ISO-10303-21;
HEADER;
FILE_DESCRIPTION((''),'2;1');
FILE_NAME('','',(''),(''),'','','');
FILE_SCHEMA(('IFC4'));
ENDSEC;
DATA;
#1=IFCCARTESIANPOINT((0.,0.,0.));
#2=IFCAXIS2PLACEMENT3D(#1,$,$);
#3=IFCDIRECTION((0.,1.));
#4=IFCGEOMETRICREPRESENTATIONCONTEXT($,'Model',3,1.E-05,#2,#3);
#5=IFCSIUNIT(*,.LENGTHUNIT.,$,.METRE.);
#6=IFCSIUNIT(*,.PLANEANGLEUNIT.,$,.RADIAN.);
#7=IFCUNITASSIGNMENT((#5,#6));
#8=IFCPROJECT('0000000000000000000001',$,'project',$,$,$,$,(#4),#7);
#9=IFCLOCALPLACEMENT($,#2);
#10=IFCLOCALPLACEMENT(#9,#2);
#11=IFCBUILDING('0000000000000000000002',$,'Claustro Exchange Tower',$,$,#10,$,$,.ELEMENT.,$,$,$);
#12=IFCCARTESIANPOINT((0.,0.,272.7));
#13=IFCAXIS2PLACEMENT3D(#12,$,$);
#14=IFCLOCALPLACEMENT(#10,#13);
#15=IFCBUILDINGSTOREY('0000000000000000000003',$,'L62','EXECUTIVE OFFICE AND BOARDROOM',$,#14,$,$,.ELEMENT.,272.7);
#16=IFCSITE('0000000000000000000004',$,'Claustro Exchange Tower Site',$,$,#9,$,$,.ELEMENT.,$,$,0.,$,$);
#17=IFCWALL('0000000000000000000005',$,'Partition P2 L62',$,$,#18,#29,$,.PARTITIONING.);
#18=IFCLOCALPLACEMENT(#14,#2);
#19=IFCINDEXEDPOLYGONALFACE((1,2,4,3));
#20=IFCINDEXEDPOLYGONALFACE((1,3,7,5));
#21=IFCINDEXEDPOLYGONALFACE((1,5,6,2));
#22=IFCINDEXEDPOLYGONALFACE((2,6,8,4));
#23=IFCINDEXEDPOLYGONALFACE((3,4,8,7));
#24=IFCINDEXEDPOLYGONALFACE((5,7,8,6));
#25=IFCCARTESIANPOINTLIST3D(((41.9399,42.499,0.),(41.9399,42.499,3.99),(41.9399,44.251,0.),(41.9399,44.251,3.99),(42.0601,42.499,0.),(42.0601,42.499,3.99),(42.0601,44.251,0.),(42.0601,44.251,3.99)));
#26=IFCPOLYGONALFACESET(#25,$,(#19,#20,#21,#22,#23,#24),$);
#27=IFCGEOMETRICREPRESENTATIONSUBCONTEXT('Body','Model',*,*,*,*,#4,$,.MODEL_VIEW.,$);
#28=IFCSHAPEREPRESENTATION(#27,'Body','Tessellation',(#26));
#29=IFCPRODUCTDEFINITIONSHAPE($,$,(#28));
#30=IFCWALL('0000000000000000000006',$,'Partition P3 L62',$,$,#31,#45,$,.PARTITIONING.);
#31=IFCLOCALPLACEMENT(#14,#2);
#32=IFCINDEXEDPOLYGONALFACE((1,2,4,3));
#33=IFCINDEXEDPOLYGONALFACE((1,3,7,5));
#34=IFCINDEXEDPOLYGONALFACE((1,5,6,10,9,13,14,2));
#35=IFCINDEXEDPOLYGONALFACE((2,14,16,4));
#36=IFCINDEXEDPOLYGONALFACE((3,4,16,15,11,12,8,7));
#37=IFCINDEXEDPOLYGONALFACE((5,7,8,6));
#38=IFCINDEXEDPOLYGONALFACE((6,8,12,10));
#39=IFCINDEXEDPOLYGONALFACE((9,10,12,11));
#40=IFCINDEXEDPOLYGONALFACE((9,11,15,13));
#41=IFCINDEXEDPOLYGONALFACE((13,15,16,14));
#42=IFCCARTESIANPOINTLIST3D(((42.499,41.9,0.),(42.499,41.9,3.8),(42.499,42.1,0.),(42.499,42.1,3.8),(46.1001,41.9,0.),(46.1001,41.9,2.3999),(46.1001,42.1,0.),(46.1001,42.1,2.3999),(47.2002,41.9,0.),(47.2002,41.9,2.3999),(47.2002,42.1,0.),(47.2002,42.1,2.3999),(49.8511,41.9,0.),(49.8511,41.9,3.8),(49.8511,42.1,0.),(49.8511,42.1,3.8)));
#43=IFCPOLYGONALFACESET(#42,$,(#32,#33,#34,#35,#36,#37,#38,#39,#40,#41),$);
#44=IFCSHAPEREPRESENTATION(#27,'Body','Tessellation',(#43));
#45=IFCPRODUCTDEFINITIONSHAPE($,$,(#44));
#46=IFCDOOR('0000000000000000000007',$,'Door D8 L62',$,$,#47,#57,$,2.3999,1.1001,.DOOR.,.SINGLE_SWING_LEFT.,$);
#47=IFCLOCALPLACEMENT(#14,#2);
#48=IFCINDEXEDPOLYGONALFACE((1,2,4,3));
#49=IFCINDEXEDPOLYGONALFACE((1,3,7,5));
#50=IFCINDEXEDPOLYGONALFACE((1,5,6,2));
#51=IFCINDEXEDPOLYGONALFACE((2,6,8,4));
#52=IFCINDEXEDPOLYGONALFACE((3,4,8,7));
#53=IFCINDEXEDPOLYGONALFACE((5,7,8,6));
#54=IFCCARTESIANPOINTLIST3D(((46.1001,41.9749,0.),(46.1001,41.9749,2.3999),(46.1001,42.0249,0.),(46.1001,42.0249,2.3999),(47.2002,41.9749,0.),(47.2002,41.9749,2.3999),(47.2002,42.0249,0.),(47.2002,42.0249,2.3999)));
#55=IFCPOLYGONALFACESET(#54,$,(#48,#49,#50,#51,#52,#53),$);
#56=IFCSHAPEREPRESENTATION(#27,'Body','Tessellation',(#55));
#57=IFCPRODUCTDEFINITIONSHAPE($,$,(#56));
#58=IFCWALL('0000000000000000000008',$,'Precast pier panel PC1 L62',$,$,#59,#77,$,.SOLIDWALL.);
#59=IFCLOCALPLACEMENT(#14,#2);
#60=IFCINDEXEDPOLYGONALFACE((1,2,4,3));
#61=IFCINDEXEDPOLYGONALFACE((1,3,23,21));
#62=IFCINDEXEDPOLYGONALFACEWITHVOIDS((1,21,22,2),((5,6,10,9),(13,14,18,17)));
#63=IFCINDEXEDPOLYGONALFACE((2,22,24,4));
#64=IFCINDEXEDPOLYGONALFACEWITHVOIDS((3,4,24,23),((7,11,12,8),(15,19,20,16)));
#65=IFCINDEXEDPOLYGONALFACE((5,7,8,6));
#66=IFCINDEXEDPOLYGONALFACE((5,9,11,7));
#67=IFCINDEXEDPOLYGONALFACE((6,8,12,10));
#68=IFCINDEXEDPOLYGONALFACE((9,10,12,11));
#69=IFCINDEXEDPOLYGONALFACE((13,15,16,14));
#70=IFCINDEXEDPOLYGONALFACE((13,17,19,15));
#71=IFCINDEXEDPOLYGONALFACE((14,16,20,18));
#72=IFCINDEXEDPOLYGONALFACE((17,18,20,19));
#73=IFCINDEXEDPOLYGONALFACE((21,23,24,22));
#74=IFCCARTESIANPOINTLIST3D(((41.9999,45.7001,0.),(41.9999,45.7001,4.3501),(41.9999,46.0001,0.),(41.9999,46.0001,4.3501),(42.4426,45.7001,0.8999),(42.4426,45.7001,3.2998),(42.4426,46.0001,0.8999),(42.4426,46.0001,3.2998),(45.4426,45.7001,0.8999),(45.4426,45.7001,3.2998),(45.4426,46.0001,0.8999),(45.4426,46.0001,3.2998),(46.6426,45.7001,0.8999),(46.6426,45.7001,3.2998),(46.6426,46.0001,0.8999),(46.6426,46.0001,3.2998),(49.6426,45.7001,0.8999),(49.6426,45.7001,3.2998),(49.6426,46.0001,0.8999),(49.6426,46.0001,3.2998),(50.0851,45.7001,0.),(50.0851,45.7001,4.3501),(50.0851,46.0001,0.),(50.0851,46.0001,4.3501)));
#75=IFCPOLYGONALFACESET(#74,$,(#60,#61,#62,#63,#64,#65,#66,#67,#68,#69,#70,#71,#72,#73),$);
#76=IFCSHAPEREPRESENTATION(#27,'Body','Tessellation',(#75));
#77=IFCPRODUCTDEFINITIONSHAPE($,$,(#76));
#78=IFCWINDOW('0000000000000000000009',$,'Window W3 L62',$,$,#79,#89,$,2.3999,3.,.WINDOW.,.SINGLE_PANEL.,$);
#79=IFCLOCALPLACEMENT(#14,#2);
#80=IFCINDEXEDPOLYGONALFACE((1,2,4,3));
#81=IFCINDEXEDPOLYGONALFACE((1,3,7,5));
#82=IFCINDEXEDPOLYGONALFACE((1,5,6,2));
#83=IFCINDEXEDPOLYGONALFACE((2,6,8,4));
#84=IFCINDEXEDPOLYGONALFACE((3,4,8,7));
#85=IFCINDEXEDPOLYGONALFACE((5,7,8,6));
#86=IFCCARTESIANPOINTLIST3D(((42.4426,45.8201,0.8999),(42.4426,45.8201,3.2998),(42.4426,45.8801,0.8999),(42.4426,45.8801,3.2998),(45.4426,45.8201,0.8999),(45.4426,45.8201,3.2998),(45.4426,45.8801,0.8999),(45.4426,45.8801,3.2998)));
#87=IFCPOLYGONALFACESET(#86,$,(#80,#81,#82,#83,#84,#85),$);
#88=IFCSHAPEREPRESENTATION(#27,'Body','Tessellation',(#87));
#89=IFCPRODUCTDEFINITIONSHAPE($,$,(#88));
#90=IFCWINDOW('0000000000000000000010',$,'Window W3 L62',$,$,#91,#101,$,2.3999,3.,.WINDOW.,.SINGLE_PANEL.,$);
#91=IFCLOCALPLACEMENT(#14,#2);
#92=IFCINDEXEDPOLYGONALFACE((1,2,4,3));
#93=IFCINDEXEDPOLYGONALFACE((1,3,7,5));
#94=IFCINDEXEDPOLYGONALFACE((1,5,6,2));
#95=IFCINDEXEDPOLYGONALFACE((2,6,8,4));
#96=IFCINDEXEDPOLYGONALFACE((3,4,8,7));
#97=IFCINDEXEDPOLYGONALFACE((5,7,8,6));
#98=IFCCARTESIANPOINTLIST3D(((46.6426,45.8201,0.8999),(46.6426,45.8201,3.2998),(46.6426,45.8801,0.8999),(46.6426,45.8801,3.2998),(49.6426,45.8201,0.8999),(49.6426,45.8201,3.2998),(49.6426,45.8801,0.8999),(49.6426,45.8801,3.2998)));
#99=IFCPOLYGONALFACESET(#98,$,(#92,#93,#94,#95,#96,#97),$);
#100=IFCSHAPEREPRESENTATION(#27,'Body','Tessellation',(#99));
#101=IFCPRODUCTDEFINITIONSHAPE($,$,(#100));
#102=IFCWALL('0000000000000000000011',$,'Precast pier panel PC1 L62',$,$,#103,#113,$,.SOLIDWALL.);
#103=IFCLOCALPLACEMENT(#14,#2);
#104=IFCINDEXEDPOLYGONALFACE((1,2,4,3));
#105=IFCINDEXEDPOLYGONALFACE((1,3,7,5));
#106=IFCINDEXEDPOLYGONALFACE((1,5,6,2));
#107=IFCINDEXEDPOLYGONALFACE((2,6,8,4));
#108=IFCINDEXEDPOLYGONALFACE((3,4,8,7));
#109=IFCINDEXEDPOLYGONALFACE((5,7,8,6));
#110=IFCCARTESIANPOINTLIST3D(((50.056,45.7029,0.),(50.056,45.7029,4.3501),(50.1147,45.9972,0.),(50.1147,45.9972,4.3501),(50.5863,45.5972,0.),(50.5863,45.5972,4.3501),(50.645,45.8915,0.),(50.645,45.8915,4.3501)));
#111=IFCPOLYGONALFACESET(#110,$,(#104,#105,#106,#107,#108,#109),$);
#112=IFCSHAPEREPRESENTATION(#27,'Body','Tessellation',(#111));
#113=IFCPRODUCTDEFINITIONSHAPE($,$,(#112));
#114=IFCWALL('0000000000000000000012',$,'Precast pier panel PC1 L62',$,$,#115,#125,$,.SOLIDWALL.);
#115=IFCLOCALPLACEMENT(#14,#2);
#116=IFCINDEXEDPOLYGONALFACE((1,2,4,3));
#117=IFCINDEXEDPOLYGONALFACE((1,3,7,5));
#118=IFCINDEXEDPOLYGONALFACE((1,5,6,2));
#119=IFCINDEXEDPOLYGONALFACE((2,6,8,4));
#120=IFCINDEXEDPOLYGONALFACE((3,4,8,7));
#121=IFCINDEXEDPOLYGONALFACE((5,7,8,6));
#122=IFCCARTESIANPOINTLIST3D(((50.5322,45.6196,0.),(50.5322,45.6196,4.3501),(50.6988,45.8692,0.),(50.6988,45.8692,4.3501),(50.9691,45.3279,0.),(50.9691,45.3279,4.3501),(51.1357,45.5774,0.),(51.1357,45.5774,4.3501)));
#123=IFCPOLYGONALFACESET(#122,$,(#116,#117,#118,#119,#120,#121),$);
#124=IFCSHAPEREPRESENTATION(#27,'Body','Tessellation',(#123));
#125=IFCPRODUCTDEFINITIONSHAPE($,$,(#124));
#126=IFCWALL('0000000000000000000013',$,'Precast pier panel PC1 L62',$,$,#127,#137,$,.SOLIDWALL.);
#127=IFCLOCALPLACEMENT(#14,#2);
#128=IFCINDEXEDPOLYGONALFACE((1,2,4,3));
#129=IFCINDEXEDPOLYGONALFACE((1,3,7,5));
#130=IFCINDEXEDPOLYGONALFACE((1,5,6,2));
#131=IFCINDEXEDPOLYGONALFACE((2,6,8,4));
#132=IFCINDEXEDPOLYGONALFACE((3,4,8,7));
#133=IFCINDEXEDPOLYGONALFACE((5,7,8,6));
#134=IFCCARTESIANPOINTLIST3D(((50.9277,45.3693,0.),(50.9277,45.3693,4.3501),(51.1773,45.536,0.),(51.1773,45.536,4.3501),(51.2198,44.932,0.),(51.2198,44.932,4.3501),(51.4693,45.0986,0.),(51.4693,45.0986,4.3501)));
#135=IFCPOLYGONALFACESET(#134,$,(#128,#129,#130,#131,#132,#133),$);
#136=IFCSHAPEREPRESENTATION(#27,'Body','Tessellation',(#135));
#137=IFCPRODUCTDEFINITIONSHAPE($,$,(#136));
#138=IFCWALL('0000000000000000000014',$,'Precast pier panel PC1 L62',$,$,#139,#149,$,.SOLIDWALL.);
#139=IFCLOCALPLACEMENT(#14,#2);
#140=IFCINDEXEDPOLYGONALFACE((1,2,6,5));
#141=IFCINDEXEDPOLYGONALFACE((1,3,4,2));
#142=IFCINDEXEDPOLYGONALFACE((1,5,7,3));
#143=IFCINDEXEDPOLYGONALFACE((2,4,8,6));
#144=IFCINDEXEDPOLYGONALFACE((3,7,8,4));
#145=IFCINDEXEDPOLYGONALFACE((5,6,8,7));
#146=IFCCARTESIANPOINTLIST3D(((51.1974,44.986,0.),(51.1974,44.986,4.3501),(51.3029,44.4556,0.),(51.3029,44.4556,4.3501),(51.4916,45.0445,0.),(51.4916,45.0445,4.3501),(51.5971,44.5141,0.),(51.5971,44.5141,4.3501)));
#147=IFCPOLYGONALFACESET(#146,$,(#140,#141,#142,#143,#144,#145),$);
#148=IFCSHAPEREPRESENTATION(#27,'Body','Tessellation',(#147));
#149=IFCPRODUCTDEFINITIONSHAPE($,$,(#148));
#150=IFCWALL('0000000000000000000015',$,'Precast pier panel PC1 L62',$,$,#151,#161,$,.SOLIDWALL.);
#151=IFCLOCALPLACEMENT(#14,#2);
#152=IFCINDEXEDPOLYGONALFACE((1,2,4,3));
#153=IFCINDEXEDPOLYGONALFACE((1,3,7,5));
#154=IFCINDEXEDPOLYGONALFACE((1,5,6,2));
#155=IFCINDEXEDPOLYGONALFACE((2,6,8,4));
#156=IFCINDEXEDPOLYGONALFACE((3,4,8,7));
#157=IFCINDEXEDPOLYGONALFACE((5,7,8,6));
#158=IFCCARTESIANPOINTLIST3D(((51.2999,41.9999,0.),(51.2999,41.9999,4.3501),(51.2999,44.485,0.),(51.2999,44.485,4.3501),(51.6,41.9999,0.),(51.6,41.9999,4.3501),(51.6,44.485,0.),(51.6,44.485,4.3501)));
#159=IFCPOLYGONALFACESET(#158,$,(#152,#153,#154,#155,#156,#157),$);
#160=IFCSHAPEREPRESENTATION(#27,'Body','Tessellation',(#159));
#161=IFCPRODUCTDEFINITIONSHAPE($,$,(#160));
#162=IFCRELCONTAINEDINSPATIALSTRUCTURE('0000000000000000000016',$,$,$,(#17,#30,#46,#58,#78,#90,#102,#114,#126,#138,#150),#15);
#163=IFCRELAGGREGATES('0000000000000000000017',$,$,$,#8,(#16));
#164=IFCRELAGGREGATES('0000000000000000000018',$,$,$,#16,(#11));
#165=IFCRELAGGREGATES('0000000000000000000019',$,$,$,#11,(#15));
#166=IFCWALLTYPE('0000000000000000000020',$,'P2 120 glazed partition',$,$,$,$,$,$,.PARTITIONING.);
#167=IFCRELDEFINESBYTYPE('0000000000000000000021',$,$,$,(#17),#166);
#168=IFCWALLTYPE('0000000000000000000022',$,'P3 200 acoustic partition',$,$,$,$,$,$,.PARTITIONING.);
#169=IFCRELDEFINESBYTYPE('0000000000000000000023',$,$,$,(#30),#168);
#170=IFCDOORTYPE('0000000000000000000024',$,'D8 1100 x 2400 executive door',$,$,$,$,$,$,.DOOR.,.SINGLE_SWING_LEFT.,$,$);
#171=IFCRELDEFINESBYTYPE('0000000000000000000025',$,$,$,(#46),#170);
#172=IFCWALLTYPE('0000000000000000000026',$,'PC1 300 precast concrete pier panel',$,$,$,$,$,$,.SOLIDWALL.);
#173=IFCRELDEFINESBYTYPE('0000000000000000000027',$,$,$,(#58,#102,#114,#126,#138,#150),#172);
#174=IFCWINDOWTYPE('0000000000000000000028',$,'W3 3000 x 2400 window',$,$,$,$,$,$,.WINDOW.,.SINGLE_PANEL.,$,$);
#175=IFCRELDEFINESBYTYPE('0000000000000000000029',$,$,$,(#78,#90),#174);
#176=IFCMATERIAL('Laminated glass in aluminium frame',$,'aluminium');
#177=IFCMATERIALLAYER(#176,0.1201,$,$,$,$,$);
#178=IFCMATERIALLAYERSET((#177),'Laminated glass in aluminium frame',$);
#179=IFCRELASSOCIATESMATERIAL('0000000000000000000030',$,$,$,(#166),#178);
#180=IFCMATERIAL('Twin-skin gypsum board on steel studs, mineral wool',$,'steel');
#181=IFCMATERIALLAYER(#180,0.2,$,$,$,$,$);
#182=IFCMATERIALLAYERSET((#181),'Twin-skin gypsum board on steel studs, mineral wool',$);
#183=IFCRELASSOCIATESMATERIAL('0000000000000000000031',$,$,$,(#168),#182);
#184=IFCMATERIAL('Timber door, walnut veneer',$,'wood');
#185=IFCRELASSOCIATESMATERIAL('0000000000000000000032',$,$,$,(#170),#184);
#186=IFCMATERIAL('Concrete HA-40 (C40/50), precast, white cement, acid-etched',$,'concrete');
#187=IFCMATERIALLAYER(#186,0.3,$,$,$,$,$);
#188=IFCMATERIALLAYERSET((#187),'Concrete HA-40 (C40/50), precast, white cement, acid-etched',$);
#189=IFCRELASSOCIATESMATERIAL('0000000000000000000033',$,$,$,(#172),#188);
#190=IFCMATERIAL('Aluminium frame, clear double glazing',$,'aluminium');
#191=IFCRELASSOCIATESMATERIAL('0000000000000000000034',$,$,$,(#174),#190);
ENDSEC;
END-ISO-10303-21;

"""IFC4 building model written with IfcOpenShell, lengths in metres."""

from ifc_helpers import new_model, si_unit, direction, frame, frame_2d, origin, place, context, subcontext, project, spatial, rectangle, extrude, material, layer, layer_set, type_object, element, fill, save


model = new_model("IFC4")

# Units and contexts
model_context = context("Model", 3, precision=1e-05, world=origin(), true_north=direction((0.0, 1.0)))
body_context = subcontext(model_context, "Body", "Model", "MODEL_VIEW")
ifc_project = project(units=[si_unit("LENGTHUNIT", "METRE"), si_unit("PLANEANGLEUNIT", "RADIAN")], contexts=[model_context])

# Site, building, storey
site_placement = place(None, origin())
site = spatial("IfcSite", under=ifc_project, at=site_placement, Name="Claustro Exchange Tower Site", CompositionType="ELEMENT", RefElevation=0.0)
building_placement = place(site_placement, origin())
building = spatial("IfcBuilding", under=site, at=building_placement, Name="Claustro Exchange Tower", CompositionType="ELEMENT")
storey_placement = place(building_placement, frame((0.0, 0.0, 272.7)))
storey = spatial("IfcBuildingStorey", under=building, at=storey_placement, Name="L62", Description="EXECUTIVE OFFICE AND BOARDROOM", CompositionType="ELEMENT", Elevation=272.7)

# Wall
ifc_material_1 = material(Name="Laminated glass in aluminium frame", Category="aluminium")
ifc_layer_1 = layer(ifc_material_1, 0.1201)
ifc_layer_set_1 = layer_set([ifc_layer_1], Name="Laminated glass in aluminium frame")
wall_type_1 = type_object("IfcWallType", Name="P2 120 glazed partition", PredefinedType="PARTITIONING", material=ifc_layer_set_1)
wall_1_placement = place(storey_placement, frame((42.0, 42.499, 0.0), z_axis=(0.0, 0.0, 1.0), x_axis=(0.0, 1.0, 0.0)))
element("IfcWall", 1, at=wall_1_placement, inside=storey, type_object=wall_type_1, Name="Partition P2 L62", PredefinedType="PARTITIONING", context=body_context, shape_type="SweptSolid", body=[
    extrude(rectangle(XDim=1.752, YDim=0.1201, at=frame_2d((0.876, 0.0))), origin(), (0.0, 0.0, 1.0), 3.99),
])

# Wall, opening, door
ifc_material_2 = material(Name="Twin-skin gypsum board on steel studs, mineral wool", Category="steel")
ifc_layer_2 = layer(ifc_material_2, 0.2)
ifc_layer_set_2 = layer_set([ifc_layer_2], Name="Twin-skin gypsum board on steel studs, mineral wool")
wall_type_2 = type_object("IfcWallType", Name="P3 200 acoustic partition", PredefinedType="PARTITIONING", material=ifc_layer_set_2)
wall_2_placement = place(storey_placement, frame((42.499, 42.0, 0.0), z_axis=(0.0, 0.0, 1.0), x_axis=(1.0, 0.0, 0.0)))
wall_2 = element("IfcWall", 2, at=wall_2_placement, inside=storey, type_object=wall_type_2, Name="Partition P3 L62", PredefinedType="PARTITIONING", context=body_context, shape_type="SweptSolid", body=[
    extrude(rectangle(XDim=7.3521, YDim=0.2, at=frame_2d((3.676, 0.0))), origin(), (0.0, 0.0, 1.0), 3.8),
])
opening_1_placement = place(wall_2_placement, frame((3.6011, 0.0, 0.0)))
opening_1 = element("IfcOpeningElement", 3, at=opening_1_placement, cuts=wall_2, PredefinedType="OPENING", context=body_context, shape_type="SweptSolid", body=[
    extrude(rectangle(XDim=1.1001, YDim=2.3999, at=frame_2d((0.55, 1.2))), frame((0.0, 0.1099, 0.0), z_axis=(0.0, -1.0, 0.0), x_axis=(1.0, 0.0, 0.0)), (0.0, 0.0, 1.0), 0.22),
])
ifc_material_3 = material(Name="Timber door, walnut veneer", Category="wood")
door_type = type_object("IfcDoorType", Name="D8 1100 x 2400 executive door", OperationType="SINGLE_SWING_LEFT", PredefinedType="DOOR", material=ifc_material_3)
door_placement = place(opening_1_placement, origin())
door = element("IfcDoor", 4, at=door_placement, inside=storey, type_object=door_type, Name="Door D8 L62", OperationType="SINGLE_SWING_LEFT", OverallHeight=2.3999, OverallWidth=1.1001, PredefinedType="DOOR", context=body_context, shape_type="SweptSolid", body=[
    extrude(rectangle(XDim=1.1001, YDim=2.3999, at=frame_2d((0.55, 1.2))), frame((0.0, 0.0249, 0.0), z_axis=(0.0, -1.0, 0.0), x_axis=(1.0, 0.0, 0.0)), (0.0, 0.0, 1.0), 0.05),
])
fill(opening_1, door)

# Wall, openings, windows
ifc_material_4 = material(Name="Concrete HA-40 (C40/50), precast, white cement, acid-etched", Category="concrete")
ifc_layer_3 = layer(ifc_material_4, 0.3)
ifc_layer_set_3 = layer_set([ifc_layer_3], Name="Concrete HA-40 (C40/50), precast, white cement, acid-etched")
wall_type_3 = type_object("IfcWallType", Name="PC1 300 precast concrete pier panel", PredefinedType="SOLIDWALL", material=ifc_layer_set_3)
wall_3_placement = place(storey_placement, frame((42.0, 45.8501, 0.0), z_axis=(0.0, 0.0, 1.0), x_axis=(1.0, 0.0, 0.0)))
wall_3 = element("IfcWall", 5, at=wall_3_placement, inside=storey, type_object=wall_type_3, Name="Precast pier panel PC1 L62", PredefinedType="SOLIDWALL", context=body_context, shape_type="SweptSolid", body=[
    extrude(rectangle(XDim=8.0852, YDim=0.3, at=frame_2d((4.0425, 0.0))), origin(), (0.0, 0.0, 1.0), 4.3501),
])
opening_2_placement = place(wall_3_placement, frame((0.4426, 0.0, 0.8999)))
opening_2 = element("IfcOpeningElement", 6, at=opening_2_placement, cuts=wall_3, PredefinedType="OPENING", context=body_context, shape_type="SweptSolid", body=[
    extrude(rectangle(XDim=3.0, YDim=2.3999, at=frame_2d((1.5, 1.2))), frame((0.0, 0.1599, 0.0), z_axis=(0.0, -1.0, 0.0), x_axis=(1.0, 0.0, 0.0)), (0.0, 0.0, 1.0), 0.3201),
])
opening_3_placement = place(wall_3_placement, frame((4.6426, 0.0, 0.8999)))
opening_3 = element("IfcOpeningElement", 7, at=opening_3_placement, cuts=wall_3, PredefinedType="OPENING", context=body_context, shape_type="SweptSolid", body=[
    extrude(rectangle(XDim=3.0, YDim=2.3999, at=frame_2d((1.5, 1.2))), frame((0.0, 0.1599, 0.0), z_axis=(0.0, -1.0, 0.0), x_axis=(1.0, 0.0, 0.0)), (0.0, 0.0, 1.0), 0.3201),
])
ifc_material_5 = material(Name="Aluminium frame, clear double glazing", Category="aluminium")
window_type_1 = type_object("IfcWindowType", Name="W3 3000 x 2400 window", PartitioningType="SINGLE_PANEL", PredefinedType="WINDOW", material=ifc_material_5)
window_1_placement = place(opening_2_placement, origin())
window_1 = element("IfcWindow", 8, at=window_1_placement, inside=storey, type_object=window_type_1, Name="Window W3 L62", OverallHeight=2.3999, OverallWidth=3.0, PartitioningType="SINGLE_PANEL", PredefinedType="WINDOW", context=body_context, shape_type="SweptSolid", body=[
    extrude(rectangle(XDim=3.0, YDim=2.3999, at=frame_2d((1.5, 1.2))), frame((0.0, 0.03, 0.0), z_axis=(0.0, -1.0, 0.0), x_axis=(1.0, 0.0, 0.0)), (0.0, 0.0, 1.0), 0.0601),
])
fill(opening_2, window_1)
window_2_placement = place(opening_3_placement, origin())
window_2 = element("IfcWindow", 9, at=window_2_placement, inside=storey, type_object=window_type_1, Name="Window W3 L62", OverallHeight=2.3999, OverallWidth=3.0, PartitioningType="SINGLE_PANEL", PredefinedType="WINDOW", context=body_context, shape_type="SweptSolid", body=[
    extrude(rectangle(XDim=3.0, YDim=2.3999, at=frame_2d((1.5, 1.2))), frame((0.0, 0.03, 0.0), z_axis=(0.0, -1.0, 0.0), x_axis=(1.0, 0.0, 0.0)), (0.0, 0.0, 1.0), 0.0601),
])
fill(opening_3, window_2)

# Walls
wall_4_placement = place(storey_placement, frame((50.0852, 45.8501, 0.0), z_axis=(0.0, 0.0, 1.0), x_axis=(0.980702, -0.195508, 0.0)))
element("IfcWall", 10, at=wall_4_placement, inside=storey, type_object=wall_type_3, Name="Precast pier panel PC1 L62", PredefinedType="SOLIDWALL", context=body_context, shape_type="SweptSolid", body=[
    extrude(rectangle(XDim=0.5408, YDim=0.3, at=frame_2d((0.2705, 0.0))), origin(), (0.0, 0.0, 1.0), 4.3501),
])
wall_5_placement = place(storey_placement, frame((50.6155, 45.7444, 0.0), z_axis=(0.0, 0.0, 1.0), x_axis=(0.831693, -0.555236, 0.0)))
element("IfcWall", 11, at=wall_5_placement, inside=storey, type_object=wall_type_3, Name="Precast pier panel PC1 L62", PredefinedType="SOLIDWALL", context=body_context, shape_type="SweptSolid", body=[
    extrude(rectangle(XDim=0.5254, YDim=0.3, at=frame_2d((0.2627, 0.0))), origin(), (0.0, 0.0, 1.0), 4.3501),
])
wall_6_placement = place(storey_placement, frame((51.0525, 45.4526, 0.0), z_axis=(0.0, 0.0, 1.0), x_axis=(0.555343, -0.831621, 0.0)))
element("IfcWall", 12, at=wall_6_placement, inside=storey, type_object=wall_type_3, Name="Precast pier panel PC1 L62", PredefinedType="SOLIDWALL", context=body_context, shape_type="SweptSolid", body=[
    extrude(rectangle(XDim=0.5259, YDim=0.3, at=frame_2d((0.2629, 0.0))), origin(), (0.0, 0.0, 1.0), 4.3501),
])
wall_7_placement = place(storey_placement, frame((51.3445, 45.0154, 0.0), z_axis=(0.0, 0.0, 1.0), x_axis=(0.195074, -0.980789, 0.0)))
element("IfcWall", 13, at=wall_7_placement, inside=storey, type_object=wall_type_3, Name="Precast pier panel PC1 L62", PredefinedType="SOLIDWALL", context=body_context, shape_type="SweptSolid", body=[
    extrude(rectangle(XDim=0.5408, YDim=0.3, at=frame_2d((0.2705, 0.0))), origin(), (0.0, 0.0, 1.0), 4.3501),
])
wall_8_placement = place(storey_placement, frame((51.45, 44.4851, 0.0), z_axis=(0.0, 0.0, 1.0), x_axis=(0.0, -1.0, 0.0)))
element("IfcWall", 14, at=wall_8_placement, inside=storey, type_object=wall_type_3, Name="Precast pier panel PC1 L62", PredefinedType="SOLIDWALL", context=body_context, shape_type="SweptSolid", body=[
    extrude(rectangle(XDim=2.4851, YDim=0.3, at=frame_2d((1.2427, 0.0))), origin(), (0.0, 0.0, 1.0), 4.3501),
])

save(model, "model.ifc")
